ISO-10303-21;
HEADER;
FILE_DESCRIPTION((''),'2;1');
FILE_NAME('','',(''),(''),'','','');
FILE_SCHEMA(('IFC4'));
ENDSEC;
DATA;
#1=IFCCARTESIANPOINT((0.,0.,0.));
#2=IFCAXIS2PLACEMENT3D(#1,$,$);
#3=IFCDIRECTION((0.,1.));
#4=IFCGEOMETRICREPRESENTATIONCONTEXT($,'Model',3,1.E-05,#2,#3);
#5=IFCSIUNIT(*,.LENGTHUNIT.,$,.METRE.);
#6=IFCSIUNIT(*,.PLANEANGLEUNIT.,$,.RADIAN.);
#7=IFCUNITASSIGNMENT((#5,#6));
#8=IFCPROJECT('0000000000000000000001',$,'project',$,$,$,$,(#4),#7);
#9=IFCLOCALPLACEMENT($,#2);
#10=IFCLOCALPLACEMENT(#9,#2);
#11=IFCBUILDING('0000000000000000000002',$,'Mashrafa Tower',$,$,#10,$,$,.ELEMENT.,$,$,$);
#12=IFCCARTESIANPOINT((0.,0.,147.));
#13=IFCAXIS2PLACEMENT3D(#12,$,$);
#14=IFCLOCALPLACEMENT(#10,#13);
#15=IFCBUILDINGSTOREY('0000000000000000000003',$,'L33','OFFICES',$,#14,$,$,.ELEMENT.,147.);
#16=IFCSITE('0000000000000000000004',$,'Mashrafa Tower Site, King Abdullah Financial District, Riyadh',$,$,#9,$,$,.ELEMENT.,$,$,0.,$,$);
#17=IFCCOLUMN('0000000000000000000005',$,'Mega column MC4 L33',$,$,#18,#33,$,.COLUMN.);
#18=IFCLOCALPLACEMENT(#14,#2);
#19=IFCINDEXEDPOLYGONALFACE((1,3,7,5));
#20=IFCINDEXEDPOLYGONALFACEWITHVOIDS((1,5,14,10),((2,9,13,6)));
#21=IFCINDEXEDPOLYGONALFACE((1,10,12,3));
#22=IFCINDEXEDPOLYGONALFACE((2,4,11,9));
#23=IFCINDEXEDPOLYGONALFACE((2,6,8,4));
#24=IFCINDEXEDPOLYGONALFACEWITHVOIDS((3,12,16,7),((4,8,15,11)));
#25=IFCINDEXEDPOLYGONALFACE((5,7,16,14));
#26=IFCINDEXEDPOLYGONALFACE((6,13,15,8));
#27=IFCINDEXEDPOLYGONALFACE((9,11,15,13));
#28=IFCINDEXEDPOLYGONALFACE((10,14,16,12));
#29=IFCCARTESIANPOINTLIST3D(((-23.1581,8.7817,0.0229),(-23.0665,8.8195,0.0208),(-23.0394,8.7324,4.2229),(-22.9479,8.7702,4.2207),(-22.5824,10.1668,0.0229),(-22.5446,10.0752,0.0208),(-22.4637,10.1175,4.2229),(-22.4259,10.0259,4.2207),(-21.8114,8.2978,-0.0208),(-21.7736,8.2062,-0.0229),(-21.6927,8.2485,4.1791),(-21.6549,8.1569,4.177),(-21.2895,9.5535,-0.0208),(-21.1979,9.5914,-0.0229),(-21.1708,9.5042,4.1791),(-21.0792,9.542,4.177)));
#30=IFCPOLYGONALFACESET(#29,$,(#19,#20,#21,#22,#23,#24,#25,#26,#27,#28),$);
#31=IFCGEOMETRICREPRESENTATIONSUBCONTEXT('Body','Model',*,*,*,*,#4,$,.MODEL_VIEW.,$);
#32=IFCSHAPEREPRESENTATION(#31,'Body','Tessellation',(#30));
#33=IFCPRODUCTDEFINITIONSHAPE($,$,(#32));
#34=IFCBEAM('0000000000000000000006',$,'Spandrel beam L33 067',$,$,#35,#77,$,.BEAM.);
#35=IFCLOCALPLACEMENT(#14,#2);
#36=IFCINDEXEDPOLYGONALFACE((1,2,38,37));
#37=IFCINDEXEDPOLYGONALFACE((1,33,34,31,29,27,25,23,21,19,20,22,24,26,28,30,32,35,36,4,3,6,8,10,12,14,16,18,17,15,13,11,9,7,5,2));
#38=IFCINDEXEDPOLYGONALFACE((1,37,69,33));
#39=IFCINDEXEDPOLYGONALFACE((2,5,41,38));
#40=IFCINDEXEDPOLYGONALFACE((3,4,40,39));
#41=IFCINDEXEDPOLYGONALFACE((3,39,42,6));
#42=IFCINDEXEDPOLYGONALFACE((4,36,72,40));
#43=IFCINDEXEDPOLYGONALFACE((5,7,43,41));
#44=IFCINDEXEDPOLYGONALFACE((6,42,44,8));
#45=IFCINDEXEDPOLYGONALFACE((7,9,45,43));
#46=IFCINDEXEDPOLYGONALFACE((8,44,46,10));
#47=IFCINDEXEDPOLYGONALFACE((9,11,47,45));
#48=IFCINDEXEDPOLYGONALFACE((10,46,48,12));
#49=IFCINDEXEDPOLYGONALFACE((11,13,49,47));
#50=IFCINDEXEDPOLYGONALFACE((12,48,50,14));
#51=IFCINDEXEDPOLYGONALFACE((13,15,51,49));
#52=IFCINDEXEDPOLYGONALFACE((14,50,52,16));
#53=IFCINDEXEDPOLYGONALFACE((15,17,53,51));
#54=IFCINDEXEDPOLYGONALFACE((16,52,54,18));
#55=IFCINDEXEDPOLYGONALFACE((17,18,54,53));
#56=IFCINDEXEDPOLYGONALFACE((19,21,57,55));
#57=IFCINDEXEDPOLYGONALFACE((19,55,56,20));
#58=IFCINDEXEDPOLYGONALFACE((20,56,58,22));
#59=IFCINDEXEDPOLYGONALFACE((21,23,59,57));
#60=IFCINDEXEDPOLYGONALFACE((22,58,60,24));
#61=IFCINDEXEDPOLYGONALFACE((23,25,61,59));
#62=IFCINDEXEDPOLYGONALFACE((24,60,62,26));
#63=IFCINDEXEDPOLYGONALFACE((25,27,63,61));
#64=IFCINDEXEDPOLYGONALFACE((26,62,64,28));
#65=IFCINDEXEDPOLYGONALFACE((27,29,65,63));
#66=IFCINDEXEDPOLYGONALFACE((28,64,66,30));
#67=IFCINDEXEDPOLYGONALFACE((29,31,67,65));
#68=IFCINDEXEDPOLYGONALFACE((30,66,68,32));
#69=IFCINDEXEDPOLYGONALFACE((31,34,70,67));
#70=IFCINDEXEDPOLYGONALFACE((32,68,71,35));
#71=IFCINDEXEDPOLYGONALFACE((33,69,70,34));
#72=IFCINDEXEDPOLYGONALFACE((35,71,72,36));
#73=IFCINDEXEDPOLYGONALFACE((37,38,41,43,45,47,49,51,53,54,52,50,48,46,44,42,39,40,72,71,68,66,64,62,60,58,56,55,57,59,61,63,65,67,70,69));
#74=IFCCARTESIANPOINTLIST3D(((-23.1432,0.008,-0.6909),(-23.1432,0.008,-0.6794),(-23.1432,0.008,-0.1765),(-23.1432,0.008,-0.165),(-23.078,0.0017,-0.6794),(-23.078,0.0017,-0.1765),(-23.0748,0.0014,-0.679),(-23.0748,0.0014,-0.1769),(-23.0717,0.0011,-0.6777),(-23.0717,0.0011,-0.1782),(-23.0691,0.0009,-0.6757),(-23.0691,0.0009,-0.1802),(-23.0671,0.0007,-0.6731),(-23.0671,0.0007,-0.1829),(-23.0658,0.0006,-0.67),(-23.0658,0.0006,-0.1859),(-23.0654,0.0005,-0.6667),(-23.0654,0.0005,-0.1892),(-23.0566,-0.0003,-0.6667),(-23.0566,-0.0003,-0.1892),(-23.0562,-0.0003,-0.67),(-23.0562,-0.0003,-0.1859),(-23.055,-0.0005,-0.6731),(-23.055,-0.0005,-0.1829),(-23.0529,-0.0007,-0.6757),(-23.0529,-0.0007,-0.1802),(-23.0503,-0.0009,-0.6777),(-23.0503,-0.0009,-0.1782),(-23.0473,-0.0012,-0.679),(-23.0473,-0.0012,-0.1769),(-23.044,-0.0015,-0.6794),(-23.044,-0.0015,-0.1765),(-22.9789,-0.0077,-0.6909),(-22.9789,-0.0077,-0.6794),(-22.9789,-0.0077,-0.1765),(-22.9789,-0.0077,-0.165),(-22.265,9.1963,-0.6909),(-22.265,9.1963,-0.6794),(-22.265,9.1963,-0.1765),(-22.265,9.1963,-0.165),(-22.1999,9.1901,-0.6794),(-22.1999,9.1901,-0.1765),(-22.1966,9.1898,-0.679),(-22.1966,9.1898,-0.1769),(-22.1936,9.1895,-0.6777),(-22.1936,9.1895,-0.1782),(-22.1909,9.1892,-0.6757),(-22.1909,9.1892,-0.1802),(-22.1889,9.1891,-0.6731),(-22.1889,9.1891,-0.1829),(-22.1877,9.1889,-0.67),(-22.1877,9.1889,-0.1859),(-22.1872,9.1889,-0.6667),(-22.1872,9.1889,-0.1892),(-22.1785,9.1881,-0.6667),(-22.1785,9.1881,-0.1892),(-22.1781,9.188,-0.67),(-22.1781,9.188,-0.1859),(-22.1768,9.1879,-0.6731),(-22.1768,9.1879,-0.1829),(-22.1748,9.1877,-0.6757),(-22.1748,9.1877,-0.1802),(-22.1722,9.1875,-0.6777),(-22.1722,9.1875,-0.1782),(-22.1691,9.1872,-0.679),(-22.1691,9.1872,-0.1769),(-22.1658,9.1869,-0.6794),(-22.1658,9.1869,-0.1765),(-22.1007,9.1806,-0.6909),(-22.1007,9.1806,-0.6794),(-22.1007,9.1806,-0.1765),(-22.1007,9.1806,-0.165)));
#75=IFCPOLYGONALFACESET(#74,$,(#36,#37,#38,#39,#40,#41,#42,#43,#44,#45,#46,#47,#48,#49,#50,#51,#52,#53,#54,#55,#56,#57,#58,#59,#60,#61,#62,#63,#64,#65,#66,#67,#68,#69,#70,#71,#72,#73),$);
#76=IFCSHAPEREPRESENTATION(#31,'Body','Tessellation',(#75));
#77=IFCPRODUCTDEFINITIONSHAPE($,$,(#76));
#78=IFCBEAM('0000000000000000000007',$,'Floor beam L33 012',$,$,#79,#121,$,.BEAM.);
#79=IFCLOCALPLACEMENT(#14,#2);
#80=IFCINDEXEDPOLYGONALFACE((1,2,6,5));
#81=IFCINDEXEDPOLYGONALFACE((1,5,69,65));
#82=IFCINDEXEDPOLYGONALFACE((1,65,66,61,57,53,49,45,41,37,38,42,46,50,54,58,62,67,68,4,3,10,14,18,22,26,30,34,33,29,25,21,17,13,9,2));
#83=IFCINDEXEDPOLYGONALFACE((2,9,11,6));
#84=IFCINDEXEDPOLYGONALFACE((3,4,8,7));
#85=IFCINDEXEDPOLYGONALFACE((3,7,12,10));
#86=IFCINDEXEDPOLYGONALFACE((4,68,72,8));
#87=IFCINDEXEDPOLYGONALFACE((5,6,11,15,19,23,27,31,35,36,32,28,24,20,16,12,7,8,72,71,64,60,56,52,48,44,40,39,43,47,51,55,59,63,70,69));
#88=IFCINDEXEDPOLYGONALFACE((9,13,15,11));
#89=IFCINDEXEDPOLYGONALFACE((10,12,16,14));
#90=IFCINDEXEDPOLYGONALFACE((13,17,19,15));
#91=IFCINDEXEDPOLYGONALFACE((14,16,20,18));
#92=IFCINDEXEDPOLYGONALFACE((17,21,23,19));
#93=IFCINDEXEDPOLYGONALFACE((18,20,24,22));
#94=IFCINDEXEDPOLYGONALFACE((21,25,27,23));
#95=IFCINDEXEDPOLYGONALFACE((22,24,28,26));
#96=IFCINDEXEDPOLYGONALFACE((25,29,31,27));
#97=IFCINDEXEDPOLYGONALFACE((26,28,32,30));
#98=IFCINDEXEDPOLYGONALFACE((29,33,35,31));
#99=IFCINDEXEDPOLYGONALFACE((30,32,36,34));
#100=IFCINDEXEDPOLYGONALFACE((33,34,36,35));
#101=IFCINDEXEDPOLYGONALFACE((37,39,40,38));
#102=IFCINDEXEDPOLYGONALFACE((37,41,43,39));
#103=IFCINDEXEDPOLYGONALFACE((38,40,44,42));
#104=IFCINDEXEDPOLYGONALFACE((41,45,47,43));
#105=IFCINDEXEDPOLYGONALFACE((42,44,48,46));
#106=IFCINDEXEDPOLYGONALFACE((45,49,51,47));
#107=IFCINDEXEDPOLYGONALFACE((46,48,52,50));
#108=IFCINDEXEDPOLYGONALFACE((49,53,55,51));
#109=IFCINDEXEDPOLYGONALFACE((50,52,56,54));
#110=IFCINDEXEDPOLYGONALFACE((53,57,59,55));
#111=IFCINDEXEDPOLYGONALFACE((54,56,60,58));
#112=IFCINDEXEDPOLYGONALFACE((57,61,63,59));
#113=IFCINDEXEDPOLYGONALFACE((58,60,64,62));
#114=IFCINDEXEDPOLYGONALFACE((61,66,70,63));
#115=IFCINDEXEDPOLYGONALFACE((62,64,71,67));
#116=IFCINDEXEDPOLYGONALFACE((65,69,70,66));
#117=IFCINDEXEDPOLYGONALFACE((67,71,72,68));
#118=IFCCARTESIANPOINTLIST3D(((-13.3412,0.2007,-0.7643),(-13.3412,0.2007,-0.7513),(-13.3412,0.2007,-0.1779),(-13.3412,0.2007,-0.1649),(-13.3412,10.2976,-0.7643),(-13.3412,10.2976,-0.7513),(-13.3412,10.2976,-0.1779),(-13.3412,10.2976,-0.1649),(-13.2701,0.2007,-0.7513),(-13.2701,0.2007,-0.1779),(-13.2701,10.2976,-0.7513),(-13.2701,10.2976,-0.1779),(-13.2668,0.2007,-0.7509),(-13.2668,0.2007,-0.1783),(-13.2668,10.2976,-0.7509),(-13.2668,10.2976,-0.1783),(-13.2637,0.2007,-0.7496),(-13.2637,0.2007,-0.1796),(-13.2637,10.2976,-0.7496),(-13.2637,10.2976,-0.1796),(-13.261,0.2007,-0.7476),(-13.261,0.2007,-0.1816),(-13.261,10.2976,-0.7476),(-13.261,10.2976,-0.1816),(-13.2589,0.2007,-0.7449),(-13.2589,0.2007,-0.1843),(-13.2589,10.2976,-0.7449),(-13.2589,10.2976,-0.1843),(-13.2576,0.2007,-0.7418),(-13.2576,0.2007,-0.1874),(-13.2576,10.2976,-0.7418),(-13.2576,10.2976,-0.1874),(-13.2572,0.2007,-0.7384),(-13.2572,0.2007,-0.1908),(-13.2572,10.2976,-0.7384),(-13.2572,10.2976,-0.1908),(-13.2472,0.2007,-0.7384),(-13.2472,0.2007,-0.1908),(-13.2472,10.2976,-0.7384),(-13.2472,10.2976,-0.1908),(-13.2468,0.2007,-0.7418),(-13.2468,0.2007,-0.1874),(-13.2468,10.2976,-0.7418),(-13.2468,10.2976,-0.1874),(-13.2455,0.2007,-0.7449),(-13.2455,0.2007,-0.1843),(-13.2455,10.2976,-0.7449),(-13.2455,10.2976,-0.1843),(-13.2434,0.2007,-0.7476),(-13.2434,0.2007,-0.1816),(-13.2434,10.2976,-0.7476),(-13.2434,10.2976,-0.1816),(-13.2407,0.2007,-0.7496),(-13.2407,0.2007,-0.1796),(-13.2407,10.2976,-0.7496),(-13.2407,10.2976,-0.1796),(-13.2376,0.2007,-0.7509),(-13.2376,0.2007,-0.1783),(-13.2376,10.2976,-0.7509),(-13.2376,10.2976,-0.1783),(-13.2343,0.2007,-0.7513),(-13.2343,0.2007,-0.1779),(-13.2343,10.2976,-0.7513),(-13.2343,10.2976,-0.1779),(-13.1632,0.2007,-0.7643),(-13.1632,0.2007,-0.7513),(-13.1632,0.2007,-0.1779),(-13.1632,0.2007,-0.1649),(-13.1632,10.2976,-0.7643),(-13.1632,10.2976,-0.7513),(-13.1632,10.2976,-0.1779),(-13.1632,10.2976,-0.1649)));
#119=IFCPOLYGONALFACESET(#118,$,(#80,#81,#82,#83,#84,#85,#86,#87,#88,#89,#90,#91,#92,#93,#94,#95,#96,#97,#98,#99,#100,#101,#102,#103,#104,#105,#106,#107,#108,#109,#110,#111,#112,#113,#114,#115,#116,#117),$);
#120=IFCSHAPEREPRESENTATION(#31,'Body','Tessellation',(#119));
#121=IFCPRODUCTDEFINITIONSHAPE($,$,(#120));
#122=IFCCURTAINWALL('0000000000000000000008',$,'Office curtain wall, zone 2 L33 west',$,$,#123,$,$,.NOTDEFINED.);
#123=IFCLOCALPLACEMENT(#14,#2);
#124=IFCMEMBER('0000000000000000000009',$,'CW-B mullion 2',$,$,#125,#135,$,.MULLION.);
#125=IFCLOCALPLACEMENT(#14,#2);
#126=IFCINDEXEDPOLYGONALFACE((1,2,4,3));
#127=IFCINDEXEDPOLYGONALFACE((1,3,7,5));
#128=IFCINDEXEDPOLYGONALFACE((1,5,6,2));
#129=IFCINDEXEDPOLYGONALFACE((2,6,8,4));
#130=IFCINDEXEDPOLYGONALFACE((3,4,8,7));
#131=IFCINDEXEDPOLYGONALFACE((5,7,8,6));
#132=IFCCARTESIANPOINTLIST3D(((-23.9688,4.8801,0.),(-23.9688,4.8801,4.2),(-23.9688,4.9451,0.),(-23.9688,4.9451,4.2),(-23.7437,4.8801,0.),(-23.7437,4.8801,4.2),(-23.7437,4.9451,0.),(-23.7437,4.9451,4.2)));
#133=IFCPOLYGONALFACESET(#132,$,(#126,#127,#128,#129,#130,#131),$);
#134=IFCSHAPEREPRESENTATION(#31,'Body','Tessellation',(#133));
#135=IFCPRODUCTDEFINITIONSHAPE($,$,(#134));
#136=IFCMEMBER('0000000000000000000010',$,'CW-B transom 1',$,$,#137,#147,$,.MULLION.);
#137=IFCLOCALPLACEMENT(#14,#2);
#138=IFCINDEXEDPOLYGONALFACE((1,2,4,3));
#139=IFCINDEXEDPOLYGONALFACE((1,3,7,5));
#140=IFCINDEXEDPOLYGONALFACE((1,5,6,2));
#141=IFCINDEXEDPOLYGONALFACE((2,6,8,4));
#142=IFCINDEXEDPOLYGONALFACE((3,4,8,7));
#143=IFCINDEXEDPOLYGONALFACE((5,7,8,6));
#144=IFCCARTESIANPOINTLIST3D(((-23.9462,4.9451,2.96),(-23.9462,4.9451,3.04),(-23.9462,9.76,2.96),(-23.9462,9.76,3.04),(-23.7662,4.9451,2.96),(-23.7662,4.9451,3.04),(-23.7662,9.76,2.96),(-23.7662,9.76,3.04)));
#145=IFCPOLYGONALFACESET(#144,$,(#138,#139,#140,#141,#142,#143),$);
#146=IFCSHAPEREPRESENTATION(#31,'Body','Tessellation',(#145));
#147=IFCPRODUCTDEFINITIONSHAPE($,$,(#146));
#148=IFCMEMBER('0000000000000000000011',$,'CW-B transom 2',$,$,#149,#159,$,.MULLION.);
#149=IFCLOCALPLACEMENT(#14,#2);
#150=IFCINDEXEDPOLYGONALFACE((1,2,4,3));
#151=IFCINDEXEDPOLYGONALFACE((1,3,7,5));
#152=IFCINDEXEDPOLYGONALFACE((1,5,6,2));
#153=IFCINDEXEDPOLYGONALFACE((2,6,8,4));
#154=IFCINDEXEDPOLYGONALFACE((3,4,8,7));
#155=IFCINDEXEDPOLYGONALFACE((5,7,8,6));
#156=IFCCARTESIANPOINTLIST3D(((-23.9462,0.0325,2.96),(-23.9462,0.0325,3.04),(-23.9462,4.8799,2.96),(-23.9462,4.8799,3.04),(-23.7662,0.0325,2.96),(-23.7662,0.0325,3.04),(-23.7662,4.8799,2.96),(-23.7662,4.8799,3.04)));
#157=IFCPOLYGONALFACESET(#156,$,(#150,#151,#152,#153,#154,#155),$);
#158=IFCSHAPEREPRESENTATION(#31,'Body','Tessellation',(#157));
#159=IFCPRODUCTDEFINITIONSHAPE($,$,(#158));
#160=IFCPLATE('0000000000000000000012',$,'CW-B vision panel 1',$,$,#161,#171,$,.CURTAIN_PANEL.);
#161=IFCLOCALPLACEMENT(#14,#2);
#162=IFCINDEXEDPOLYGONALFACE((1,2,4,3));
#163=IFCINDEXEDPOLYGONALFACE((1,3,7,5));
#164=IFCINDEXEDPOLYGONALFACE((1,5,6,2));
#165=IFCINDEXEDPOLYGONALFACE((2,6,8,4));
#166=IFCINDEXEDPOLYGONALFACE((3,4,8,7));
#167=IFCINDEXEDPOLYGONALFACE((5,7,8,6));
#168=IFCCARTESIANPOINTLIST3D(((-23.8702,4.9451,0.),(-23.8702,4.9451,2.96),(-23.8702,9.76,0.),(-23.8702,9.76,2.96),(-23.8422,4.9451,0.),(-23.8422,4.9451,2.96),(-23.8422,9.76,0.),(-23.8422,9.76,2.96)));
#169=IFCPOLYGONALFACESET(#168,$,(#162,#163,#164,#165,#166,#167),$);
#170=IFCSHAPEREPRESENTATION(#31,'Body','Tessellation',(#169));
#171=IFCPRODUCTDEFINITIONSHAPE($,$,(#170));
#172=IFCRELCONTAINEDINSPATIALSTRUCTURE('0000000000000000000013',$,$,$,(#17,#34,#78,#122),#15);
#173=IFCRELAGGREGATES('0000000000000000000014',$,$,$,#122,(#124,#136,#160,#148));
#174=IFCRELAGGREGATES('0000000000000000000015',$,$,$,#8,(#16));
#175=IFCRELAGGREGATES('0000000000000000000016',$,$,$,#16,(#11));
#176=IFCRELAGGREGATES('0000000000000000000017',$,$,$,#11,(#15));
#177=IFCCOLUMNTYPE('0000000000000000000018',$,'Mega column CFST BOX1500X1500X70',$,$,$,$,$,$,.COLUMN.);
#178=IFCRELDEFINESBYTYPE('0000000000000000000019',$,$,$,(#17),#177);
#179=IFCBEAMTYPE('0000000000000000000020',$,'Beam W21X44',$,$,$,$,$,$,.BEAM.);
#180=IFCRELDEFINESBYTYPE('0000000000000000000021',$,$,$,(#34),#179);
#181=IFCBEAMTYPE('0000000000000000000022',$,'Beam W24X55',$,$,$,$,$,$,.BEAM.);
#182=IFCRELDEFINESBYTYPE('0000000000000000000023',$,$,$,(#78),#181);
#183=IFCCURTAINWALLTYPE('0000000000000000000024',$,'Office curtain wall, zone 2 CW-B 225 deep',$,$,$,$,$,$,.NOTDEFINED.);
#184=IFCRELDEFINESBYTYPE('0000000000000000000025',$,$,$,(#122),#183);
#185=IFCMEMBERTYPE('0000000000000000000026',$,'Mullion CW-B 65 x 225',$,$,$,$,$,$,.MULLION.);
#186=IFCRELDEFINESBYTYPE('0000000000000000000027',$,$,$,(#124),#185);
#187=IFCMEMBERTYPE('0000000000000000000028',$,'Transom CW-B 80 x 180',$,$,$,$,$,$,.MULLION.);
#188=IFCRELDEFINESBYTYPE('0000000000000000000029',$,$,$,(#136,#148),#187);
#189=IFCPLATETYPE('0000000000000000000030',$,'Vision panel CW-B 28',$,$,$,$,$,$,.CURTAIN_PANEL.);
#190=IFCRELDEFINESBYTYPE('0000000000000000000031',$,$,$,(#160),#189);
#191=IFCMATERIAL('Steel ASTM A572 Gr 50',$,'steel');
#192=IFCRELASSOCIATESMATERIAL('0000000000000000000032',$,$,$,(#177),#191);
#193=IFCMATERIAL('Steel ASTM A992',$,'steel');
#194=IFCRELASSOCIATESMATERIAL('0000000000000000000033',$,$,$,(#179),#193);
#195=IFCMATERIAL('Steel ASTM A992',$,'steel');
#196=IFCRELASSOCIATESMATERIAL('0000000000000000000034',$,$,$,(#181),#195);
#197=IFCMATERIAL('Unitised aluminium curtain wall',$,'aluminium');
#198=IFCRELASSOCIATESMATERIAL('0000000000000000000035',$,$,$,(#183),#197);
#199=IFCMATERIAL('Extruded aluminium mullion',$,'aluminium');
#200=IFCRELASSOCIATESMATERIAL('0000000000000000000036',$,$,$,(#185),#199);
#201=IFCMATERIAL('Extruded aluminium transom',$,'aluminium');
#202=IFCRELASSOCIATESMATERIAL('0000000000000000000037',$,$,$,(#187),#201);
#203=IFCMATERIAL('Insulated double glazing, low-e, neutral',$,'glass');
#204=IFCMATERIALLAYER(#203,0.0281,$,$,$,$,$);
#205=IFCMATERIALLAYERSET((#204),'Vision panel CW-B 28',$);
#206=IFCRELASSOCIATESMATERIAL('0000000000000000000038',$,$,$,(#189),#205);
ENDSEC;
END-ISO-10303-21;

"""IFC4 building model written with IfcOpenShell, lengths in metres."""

from ifc_helpers import new_model, si_unit, direction, frame, origin, origin_2d, place, context, subcontext, project, spatial, rectangle, hollow_rectangle, i_section, extrude, source, transform, mapped, material, layer, layer_set, material_profile, profile_set, type_object, type_shapes, element, aggregate, save


model = new_model("IFC4")

# Units and contexts
model_context = context("Model", 3, precision=1e-05, world=origin(), true_north=direction((0.0, 1.0)))
body_context = subcontext(model_context, "Body", "Model", "MODEL_VIEW")
ifc_project = project(units=[si_unit("LENGTHUNIT", "METRE"), si_unit("PLANEANGLEUNIT", "RADIAN")], contexts=[model_context])

# Site, building, storey
site_placement = place(None, origin())
site = spatial("IfcSite", under=ifc_project, at=site_placement, Name="Mashrafa Tower Site, King Abdullah Financial District, Riyadh", CompositionType="ELEMENT", RefElevation=0.0)
building_placement = place(site_placement, origin())
building = spatial("IfcBuilding", under=site, at=building_placement, Name="Mashrafa Tower", CompositionType="ELEMENT")
storey_placement = place(building_placement, frame((0.0, 0.0, 147.0)))
storey = spatial("IfcBuildingStorey", under=building, at=storey_placement, Name="L33", Description="OFFICES", CompositionType="ELEMENT", Elevation=147.0)

# Column
ifc_material_1 = material(Name="Steel ASTM A572 Gr 50", Category="steel")
ifc_material_profile_1 = material_profile(ifc_material_1, hollow_rectangle(XDim=1.5, YDim=1.5, WallThickness=0.0701, at=origin_2d()), Name="BOX1500X1500X70")
ifc_profile_set_1 = profile_set([ifc_material_profile_1], Name="Steel ASTM A572 Gr 50")
column_type = type_object("IfcColumnType", Name="Mega column CFST BOX1500X1500X70", PredefinedType="COLUMN", material=ifc_profile_set_1)
column_placement = place(storey_placement, frame((-22.178, 9.1865, 0.0), z_axis=(0.028238, -0.011737, 0.999532), x_axis=(0.383806, 0.923414, 0.0)))
element("IfcColumn", 1, at=column_placement, inside=storey, type_object=column_type, Name="Mega column MC4 L33", PredefinedType="COLUMN", context=body_context, shape_type="SweptSolid", body=[
    extrude(hollow_rectangle(XDim=1.5, YDim=1.5, WallThickness=0.0701, at=origin_2d()), origin(), (0.0, 0.0, 1.0), 4.2019),
])

# Beams
ifc_material_2 = material(Name="Steel ASTM A992", Category="steel")
ifc_material_profile_2 = material_profile(ifc_material_2, i_section(OverallWidth=0.165, OverallDepth=0.5259, WebThickness=0.0088, FlangeThickness=0.0115, FilletRadius=0.0127, at=origin_2d()), Name="W21X44")
ifc_profile_set_2 = profile_set([ifc_material_profile_2], Name="Steel ASTM A992")
beam_type_1 = type_object("IfcBeamType", Name="Beam W21X44", PredefinedType="BEAM", material=ifc_profile_set_2)
beam_1_placement = place(storey_placement, frame((-22.1829, 9.1885, -0.428), z_axis=(-0.09514, -0.995464, 0.0), x_axis=(0.995464, -0.09514, 0.0)))
element("IfcBeam", 2, at=beam_1_placement, inside=storey, type_object=beam_type_1, Name="Spandrel beam L33 067", PredefinedType="BEAM", context=body_context, shape_type="SweptSolid", body=[
    extrude(i_section(OverallWidth=0.165, OverallDepth=0.5259, WebThickness=0.0088, FlangeThickness=0.0115, FilletRadius=0.0127, at=origin_2d()), origin(), (0.0, 0.0, 1.0), 9.2302),
])
ifc_material_3 = material(Name="Steel ASTM A992", Category="steel")
ifc_material_profile_3 = material_profile(ifc_material_3, i_section(OverallWidth=0.178, OverallDepth=0.5994, WebThickness=0.01, FlangeThickness=0.0129, FilletRadius=0.0129, at=origin_2d()), Name="W24X55")
ifc_profile_set_3 = profile_set([ifc_material_profile_3], Name="Steel ASTM A992")
beam_type_2 = type_object("IfcBeamType", Name="Beam W24X55", PredefinedType="BEAM", material=ifc_profile_set_3)
beam_2_placement = place(storey_placement, frame((-13.2522, 0.2007, -0.4646), z_axis=(0.0, 1.0, 0.0), x_axis=(-1.0, 0.0, 0.0)))
element("IfcBeam", 3, at=beam_2_placement, inside=storey, type_object=beam_type_2, Name="Floor beam L33 012", PredefinedType="BEAM", context=body_context, shape_type="SweptSolid", body=[
    extrude(i_section(OverallWidth=0.178, OverallDepth=0.5994, WebThickness=0.01, FlangeThickness=0.0129, FilletRadius=0.0129, at=origin_2d()), origin(), (0.0, 0.0, 1.0), 10.0969),
])

# Curtain wall, members, plate
ifc_material_4 = material(Name="Unitised aluminium curtain wall", Category="aluminium")
curtain_wall_type = type_object("IfcCurtainWallType", Name="Office curtain wall, zone 2 CW-B 225 deep", PredefinedType="NOTDEFINED", material=ifc_material_4)
curtain_wall_placement = place(storey_placement, origin())
curtain_wall = element("IfcCurtainWall", 4, at=curtain_wall_placement, inside=storey, type_object=curtain_wall_type, Name="Office curtain wall, zone 2 L33 west", PredefinedType="NOTDEFINED")
ifc_material_5 = material(Name="Extruded aluminium mullion", Category="aluminium")
ifc_material_profile_4 = material_profile(ifc_material_5, rectangle(XDim=0.2251, YDim=0.0649, at=origin_2d()), Name="Mullion 65x225")
ifc_profile_set_4 = profile_set([ifc_material_profile_4], Name="Extruded aluminium mullion")
member_type_1 = type_object("IfcMemberType", Name="Mullion CW-B 65 x 225", PredefinedType="MULLION", material=ifc_profile_set_4)
shared_shape_1 = source(origin(), body_context, "Body", "SweptSolid", [
    extrude(rectangle(XDim=0.2251, YDim=0.0649, at=origin_2d()), origin(), (0.0, 0.0, 1.0), 4.2),
])
type_shapes(member_type_1, [shared_shape_1])
member_1_placement = place(storey_placement, frame((-23.8562, 4.9126, 0.0), z_axis=(0.0, 0.0, 1.0), x_axis=(1.0, 0.0, 0.0)))
member_1 = element("IfcMember", 5, at=member_1_placement, type_object=member_type_1, Name="CW-B mullion 2", PredefinedType="MULLION", context=body_context, shape_type="MappedRepresentation", body=[
    mapped(shared_shape_1, transform((0.0, 0.0, 0.0))),
])
ifc_material_6 = material(Name="Extruded aluminium transom", Category="aluminium")
ifc_material_profile_5 = material_profile(ifc_material_6, rectangle(XDim=0.1799, YDim=0.0801, at=origin_2d()), Name="Transom 80x180")
ifc_profile_set_5 = profile_set([ifc_material_profile_5], Name="Extruded aluminium transom")
member_type_2 = type_object("IfcMemberType", Name="Transom CW-B 80 x 180", PredefinedType="MULLION", material=ifc_profile_set_5)
shared_shape_2 = source(origin(), body_context, "Body", "SweptSolid", [
    extrude(rectangle(XDim=0.1799, YDim=0.0801, at=origin_2d()), origin(), (0.0, 0.0, 1.0), 4.8149),
])
member_2_placement = place(storey_placement, frame((-23.8562, 9.76, 3.0), z_axis=(0.0, -1.0, 0.0), x_axis=(1.0, 0.0, 0.0)))
member_2 = element("IfcMember", 6, at=member_2_placement, type_object=member_type_2, Name="CW-B transom 1", PredefinedType="MULLION", context=body_context, shape_type="MappedRepresentation", body=[
    mapped(shared_shape_2, transform((0.0, 0.0, 0.0))),
])
shared_shape_3 = source(origin(), body_context, "Body", "SweptSolid", [
    extrude(rectangle(XDim=0.1799, YDim=0.0801, at=origin_2d()), origin(), (0.0, 0.0, 1.0), 4.8474),
])
type_shapes(member_type_2, [shared_shape_2, shared_shape_3])
member_3_placement = place(storey_placement, frame((-23.8562, 4.8799, 3.0), z_axis=(0.0, -1.0, 0.0), x_axis=(1.0, 0.0, 0.0)))
member_3 = element("IfcMember", 7, at=member_3_placement, type_object=member_type_2, Name="CW-B transom 2", PredefinedType="MULLION", context=body_context, shape_type="MappedRepresentation", body=[
    mapped(shared_shape_3, transform((0.0, 0.0, 0.0))),
])
ifc_material_7 = material(Name="Insulated double glazing, low-e, neutral", Category="glass")
ifc_layer_1 = layer(ifc_material_7, 0.0281)
ifc_layer_set_1 = layer_set([ifc_layer_1], Name="Vision panel CW-B 28")
plate_type_1 = type_object("IfcPlateType", Name="Vision panel CW-B 28", PredefinedType="CURTAIN_PANEL", material=ifc_layer_set_1)
shared_shape_4 = source(origin(), body_context, "Body", "SweptSolid", [
    extrude(rectangle(XDim=4.8149, YDim=0.0281, at=origin_2d()), origin(), (0.0, 0.0, 1.0), 2.96),
])
plate_1_placement = place(storey_placement, frame((-23.8562, 7.3525, 0.0), z_axis=(0.0, 0.0, 1.0), x_axis=(0.0, -1.0, 0.0)))
plate_1 = element("IfcPlate", 8, at=plate_1_placement, type_object=plate_type_1, Name="CW-B vision panel 1", PredefinedType="CURTAIN_PANEL", context=body_context, shape_type="MappedRepresentation", body=[
    mapped(shared_shape_4, transform((0.0, 0.0, 0.0))),
])
aggregate(curtain_wall, [member_1, member_2, plate_1, member_3])

save(model, "model.ifc")
